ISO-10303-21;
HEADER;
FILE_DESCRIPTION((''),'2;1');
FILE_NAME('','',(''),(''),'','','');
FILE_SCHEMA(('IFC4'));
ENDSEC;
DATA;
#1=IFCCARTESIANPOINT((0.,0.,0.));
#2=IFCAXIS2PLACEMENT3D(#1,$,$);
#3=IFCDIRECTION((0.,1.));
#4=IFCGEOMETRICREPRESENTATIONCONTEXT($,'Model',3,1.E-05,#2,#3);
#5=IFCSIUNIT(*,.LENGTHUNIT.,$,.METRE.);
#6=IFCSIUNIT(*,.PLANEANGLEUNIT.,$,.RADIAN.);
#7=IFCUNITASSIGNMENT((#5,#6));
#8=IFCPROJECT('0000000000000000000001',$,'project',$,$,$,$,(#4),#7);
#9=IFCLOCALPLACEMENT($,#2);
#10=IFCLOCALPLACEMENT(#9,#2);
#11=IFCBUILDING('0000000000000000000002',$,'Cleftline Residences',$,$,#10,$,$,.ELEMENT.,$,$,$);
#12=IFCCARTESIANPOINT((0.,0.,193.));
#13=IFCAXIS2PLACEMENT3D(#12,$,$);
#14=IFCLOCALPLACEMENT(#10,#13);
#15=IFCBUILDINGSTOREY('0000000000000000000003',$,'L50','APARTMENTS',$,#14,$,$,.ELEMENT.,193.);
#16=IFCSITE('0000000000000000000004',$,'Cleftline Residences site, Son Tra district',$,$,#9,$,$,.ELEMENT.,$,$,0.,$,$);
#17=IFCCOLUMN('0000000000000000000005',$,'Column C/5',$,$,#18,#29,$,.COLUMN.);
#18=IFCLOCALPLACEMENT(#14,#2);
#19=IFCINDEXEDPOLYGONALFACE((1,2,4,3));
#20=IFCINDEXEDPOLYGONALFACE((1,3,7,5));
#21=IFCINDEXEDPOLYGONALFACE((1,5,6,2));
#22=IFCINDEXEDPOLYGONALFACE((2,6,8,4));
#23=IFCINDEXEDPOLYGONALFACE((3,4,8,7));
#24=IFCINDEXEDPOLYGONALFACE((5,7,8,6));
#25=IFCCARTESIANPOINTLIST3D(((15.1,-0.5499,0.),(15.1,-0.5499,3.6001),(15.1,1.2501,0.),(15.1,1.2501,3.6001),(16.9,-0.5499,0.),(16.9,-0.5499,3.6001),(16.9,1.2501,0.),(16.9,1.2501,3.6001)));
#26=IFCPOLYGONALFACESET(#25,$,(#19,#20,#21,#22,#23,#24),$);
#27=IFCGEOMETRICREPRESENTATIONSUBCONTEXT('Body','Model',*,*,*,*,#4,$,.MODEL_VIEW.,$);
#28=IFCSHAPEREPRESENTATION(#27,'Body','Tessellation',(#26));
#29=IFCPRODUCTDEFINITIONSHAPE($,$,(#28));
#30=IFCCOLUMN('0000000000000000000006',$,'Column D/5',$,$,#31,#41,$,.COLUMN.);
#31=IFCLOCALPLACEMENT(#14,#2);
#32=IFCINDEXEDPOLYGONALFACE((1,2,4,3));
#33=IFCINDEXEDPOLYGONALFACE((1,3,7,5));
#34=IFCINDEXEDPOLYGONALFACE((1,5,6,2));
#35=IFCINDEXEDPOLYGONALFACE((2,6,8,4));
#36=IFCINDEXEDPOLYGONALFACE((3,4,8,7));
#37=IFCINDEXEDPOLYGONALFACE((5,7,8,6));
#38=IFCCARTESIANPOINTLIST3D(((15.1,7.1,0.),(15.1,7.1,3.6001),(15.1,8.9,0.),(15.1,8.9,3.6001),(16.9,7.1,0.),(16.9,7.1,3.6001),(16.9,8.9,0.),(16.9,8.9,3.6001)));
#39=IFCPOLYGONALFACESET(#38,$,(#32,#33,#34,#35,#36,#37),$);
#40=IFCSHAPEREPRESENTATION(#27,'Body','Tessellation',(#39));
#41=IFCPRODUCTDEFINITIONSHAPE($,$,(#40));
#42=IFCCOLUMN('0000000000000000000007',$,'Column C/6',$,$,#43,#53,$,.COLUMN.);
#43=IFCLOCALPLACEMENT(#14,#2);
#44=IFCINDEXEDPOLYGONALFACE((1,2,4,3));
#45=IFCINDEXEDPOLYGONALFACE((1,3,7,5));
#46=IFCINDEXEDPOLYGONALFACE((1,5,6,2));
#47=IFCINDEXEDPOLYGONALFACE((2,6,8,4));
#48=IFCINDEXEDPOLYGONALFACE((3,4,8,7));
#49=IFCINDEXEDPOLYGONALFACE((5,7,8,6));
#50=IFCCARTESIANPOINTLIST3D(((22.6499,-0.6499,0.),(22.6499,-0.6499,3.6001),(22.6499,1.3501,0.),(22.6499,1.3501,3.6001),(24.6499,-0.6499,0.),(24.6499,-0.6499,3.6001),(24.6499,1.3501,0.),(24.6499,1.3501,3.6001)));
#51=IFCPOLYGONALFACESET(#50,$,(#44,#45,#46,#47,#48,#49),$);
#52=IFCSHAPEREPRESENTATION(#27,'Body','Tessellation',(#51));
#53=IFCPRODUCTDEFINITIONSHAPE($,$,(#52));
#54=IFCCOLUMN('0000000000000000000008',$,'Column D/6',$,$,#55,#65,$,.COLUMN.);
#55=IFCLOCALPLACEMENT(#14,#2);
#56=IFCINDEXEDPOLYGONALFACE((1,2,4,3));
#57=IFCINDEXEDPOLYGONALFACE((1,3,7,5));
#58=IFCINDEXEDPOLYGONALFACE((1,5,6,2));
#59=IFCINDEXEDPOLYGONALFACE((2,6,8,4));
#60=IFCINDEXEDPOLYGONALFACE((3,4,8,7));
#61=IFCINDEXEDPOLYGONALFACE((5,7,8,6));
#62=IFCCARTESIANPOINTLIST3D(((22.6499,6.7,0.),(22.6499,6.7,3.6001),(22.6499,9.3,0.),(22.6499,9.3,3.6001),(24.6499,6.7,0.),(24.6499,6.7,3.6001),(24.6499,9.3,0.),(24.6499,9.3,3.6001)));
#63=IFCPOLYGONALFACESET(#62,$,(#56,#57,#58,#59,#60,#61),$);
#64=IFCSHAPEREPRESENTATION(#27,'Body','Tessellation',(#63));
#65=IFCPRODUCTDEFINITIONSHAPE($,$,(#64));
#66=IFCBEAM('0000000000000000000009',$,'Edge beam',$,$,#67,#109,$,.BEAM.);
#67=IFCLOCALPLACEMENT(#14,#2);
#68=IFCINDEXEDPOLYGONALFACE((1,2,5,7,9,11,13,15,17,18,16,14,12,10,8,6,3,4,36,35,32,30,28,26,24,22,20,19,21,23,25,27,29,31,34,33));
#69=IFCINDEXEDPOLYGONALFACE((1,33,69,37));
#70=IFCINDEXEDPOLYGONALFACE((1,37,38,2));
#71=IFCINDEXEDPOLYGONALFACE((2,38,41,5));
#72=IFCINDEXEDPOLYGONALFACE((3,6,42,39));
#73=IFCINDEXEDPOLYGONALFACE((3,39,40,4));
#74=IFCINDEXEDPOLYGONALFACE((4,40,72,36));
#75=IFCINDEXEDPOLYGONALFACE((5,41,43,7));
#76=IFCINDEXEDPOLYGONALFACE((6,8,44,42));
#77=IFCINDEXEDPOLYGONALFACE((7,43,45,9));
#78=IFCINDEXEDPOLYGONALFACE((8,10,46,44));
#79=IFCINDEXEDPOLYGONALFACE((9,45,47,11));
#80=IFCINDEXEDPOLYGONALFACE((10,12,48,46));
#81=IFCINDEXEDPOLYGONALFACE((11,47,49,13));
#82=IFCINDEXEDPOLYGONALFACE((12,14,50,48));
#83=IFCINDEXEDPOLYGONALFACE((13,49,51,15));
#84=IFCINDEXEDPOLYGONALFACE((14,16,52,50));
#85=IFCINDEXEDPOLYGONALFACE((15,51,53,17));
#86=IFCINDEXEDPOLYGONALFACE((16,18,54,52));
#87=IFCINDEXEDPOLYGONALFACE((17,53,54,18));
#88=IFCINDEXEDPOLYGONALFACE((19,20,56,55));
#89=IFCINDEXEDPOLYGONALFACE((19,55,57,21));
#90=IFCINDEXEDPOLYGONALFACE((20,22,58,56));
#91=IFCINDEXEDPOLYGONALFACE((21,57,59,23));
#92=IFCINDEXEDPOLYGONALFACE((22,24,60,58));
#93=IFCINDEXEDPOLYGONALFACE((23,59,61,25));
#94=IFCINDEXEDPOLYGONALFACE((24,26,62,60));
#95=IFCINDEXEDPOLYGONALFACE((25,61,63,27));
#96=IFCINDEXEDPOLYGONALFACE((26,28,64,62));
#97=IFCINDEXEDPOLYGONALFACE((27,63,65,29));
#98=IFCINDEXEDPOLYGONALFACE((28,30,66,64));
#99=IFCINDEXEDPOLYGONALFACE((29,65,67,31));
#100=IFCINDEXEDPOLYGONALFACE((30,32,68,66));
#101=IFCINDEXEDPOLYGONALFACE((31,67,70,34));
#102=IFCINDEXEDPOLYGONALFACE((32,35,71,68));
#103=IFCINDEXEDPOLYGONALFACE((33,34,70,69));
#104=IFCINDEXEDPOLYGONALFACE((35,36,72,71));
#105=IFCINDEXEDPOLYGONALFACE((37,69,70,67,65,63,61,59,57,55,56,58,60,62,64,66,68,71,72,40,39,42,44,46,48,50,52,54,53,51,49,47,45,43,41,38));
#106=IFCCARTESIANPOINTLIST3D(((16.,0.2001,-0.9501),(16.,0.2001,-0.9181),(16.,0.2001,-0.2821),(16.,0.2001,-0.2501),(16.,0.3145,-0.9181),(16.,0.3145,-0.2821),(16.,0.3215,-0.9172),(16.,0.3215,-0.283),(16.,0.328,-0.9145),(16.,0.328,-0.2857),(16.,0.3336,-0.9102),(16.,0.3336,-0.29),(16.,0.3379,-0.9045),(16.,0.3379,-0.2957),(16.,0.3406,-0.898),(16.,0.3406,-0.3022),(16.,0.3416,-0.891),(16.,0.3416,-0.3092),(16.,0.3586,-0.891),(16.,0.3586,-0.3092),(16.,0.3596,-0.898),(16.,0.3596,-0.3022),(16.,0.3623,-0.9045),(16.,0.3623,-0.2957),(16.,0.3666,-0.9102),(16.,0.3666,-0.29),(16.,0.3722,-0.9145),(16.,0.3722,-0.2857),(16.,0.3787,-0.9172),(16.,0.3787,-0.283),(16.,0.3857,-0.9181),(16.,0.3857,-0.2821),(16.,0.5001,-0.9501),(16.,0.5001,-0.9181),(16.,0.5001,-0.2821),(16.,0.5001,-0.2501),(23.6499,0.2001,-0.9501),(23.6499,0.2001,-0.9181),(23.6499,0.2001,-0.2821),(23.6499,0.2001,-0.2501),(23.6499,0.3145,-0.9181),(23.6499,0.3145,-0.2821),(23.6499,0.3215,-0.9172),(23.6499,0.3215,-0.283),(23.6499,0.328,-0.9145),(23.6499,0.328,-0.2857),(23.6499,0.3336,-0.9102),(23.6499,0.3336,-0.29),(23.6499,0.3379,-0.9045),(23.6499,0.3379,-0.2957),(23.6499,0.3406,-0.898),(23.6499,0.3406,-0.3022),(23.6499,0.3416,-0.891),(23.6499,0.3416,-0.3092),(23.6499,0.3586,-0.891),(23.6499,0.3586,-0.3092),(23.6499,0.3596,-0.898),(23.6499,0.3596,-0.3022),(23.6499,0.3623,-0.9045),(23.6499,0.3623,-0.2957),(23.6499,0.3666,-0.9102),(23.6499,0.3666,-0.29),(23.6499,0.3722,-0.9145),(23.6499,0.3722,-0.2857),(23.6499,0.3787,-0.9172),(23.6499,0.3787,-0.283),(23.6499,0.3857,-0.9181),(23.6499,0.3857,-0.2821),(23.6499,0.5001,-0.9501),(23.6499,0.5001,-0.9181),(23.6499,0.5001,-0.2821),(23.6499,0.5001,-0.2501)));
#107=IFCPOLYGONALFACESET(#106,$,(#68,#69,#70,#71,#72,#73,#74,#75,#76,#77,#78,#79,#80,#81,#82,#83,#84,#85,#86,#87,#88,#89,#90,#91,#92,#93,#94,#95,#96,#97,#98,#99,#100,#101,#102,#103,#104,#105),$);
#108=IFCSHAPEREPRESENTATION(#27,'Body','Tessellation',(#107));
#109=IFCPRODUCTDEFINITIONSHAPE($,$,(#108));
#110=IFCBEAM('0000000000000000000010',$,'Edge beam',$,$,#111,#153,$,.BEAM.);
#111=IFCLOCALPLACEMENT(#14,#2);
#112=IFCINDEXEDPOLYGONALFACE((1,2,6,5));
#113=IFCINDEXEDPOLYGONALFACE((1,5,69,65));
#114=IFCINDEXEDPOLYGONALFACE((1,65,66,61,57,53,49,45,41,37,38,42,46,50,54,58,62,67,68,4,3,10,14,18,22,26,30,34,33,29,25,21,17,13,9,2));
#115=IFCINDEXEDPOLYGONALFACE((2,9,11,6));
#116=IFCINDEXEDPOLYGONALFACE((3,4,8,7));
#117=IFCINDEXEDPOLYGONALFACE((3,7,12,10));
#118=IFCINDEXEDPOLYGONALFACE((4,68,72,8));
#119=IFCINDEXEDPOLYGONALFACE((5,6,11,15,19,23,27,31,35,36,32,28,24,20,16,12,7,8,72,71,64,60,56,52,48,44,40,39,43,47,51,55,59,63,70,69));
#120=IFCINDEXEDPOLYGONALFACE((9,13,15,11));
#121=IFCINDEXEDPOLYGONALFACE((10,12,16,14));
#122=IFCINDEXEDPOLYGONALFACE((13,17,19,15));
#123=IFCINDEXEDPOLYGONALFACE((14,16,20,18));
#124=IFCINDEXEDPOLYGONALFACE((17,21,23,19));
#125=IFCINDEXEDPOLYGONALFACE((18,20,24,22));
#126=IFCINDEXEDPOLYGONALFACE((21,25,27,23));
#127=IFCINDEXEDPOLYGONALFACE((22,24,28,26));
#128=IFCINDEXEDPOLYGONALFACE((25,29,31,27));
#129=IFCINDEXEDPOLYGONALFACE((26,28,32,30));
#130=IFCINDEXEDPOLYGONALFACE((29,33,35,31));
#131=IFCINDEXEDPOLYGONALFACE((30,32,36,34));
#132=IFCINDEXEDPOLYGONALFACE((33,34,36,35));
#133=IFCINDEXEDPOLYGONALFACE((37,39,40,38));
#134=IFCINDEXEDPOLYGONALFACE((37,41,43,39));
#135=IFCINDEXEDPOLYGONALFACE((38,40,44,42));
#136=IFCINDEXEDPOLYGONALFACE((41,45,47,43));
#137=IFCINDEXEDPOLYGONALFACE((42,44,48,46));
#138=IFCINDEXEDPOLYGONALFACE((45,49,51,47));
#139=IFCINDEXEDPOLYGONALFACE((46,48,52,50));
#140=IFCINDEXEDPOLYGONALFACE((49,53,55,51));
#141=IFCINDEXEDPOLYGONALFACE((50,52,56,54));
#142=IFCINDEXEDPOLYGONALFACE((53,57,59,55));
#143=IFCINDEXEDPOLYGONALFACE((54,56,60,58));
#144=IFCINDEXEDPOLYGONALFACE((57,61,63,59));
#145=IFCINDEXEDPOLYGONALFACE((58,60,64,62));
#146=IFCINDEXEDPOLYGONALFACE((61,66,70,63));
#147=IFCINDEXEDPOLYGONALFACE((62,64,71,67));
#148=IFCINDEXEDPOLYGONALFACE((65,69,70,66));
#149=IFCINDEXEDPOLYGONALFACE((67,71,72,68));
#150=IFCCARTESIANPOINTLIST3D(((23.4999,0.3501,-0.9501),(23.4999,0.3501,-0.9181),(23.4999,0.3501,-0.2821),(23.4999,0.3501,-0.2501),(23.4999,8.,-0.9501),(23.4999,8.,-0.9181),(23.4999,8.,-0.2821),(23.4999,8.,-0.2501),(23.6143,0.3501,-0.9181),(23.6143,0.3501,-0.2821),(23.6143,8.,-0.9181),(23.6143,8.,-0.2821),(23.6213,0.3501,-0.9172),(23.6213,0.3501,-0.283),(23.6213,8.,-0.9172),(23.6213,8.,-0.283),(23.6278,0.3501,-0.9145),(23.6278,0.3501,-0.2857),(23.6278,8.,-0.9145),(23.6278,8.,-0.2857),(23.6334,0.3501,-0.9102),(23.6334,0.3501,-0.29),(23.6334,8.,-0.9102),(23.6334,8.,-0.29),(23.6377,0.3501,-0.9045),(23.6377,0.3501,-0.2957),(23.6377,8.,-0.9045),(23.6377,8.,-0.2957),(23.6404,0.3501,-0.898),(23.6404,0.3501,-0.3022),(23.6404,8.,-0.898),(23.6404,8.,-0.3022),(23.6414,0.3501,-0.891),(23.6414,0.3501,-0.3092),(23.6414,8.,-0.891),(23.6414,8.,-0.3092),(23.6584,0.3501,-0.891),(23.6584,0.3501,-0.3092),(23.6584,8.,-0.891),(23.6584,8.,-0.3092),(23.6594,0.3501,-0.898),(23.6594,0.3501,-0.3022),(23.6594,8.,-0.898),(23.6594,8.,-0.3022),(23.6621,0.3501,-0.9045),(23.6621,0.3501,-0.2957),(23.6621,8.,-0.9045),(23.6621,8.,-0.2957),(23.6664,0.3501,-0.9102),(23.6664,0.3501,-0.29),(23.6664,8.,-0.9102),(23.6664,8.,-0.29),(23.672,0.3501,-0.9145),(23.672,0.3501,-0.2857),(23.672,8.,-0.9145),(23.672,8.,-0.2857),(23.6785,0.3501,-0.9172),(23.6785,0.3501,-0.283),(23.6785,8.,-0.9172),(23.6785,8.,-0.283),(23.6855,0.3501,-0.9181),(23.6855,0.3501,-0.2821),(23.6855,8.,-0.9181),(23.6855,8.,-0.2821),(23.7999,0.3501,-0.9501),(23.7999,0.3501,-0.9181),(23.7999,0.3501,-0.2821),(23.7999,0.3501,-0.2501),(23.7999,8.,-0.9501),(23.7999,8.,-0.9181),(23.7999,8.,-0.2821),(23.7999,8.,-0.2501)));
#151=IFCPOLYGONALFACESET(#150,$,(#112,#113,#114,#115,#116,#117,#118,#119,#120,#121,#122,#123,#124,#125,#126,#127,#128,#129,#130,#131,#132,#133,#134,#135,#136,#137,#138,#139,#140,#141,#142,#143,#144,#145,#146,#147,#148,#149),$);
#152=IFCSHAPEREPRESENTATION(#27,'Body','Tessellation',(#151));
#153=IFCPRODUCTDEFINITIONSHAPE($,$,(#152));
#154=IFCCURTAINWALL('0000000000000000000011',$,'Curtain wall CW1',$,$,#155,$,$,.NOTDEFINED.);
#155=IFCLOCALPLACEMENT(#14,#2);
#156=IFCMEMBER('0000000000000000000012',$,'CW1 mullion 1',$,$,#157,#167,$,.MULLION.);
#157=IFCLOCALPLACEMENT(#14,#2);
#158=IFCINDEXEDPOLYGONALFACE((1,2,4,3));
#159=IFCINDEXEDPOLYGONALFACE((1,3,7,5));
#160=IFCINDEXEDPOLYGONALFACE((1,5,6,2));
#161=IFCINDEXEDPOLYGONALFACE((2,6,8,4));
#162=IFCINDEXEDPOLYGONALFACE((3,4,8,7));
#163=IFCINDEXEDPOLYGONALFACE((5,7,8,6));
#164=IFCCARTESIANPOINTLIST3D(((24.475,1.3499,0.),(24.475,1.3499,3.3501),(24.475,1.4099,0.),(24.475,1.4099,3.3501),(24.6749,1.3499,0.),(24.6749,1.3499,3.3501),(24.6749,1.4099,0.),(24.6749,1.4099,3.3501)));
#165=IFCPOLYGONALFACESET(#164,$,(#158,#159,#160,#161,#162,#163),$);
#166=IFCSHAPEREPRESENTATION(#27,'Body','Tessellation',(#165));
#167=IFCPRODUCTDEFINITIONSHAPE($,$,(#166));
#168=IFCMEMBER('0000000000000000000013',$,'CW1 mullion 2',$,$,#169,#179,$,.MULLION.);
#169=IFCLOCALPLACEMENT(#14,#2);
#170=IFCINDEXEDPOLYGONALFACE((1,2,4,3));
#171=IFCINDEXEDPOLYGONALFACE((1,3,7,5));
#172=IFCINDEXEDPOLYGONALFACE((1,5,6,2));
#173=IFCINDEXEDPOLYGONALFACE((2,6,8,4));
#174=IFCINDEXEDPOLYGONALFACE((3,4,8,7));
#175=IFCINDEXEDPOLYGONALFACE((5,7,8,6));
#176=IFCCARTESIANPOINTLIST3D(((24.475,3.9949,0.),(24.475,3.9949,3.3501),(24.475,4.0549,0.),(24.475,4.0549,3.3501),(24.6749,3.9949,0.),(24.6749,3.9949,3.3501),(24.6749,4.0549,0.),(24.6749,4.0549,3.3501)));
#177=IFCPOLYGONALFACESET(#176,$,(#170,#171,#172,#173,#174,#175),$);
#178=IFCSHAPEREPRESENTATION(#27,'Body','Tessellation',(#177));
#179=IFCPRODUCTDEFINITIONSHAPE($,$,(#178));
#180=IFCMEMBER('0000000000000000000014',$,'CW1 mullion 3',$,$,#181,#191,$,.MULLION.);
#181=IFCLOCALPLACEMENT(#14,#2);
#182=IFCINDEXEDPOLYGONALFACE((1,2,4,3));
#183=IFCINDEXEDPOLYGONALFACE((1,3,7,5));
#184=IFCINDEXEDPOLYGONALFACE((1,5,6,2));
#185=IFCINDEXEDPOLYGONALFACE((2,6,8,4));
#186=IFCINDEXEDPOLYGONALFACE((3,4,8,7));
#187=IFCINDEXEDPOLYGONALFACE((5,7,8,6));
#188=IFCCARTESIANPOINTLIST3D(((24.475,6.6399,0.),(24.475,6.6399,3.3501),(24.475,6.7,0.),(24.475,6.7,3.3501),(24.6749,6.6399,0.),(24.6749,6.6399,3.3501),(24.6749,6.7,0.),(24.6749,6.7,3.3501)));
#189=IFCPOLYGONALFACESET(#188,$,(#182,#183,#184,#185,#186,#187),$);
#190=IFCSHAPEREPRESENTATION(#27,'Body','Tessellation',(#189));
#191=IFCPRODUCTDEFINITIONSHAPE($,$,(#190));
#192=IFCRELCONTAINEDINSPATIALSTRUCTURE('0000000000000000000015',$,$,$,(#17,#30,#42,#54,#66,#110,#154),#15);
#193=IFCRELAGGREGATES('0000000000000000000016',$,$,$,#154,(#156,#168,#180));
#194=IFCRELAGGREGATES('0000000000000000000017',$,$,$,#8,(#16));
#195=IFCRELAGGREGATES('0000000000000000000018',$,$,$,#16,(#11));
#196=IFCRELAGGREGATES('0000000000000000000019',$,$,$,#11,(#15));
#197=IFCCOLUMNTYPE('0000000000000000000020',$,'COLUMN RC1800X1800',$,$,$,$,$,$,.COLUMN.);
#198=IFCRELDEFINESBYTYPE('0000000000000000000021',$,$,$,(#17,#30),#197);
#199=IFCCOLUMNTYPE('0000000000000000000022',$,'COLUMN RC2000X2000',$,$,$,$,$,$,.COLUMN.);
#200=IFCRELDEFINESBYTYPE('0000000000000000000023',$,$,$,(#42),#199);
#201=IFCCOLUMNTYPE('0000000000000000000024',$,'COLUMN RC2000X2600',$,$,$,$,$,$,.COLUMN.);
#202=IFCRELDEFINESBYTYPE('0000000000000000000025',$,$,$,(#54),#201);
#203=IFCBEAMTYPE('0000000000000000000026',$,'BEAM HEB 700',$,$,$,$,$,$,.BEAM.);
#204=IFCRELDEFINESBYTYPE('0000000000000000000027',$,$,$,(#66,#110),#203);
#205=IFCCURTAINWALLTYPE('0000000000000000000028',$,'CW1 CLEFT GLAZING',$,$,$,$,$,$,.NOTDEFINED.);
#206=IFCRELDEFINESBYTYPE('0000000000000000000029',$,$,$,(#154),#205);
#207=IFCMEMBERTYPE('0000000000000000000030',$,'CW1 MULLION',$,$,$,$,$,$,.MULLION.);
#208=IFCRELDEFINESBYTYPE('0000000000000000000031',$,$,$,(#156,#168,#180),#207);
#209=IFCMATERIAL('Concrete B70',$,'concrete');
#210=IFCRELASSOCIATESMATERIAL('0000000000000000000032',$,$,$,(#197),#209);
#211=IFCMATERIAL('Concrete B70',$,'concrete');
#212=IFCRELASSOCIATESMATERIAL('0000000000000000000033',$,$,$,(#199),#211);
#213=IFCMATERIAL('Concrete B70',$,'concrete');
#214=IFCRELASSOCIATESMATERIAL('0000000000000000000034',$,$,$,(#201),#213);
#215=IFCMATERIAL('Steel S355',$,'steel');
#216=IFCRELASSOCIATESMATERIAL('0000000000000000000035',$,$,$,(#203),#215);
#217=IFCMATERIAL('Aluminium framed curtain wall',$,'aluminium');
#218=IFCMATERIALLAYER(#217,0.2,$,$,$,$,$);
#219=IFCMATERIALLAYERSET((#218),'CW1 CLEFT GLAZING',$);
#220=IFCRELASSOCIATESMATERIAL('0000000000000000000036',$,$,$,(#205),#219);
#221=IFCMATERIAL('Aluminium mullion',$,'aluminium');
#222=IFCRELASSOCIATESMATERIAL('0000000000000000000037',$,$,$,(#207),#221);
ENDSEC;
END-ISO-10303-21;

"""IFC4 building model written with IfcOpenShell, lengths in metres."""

from ifc_helpers import new_model, si_unit, direction, frame, origin, origin_2d, place, context, subcontext, project, spatial, rectangle, i_section, extrude, material, layer, layer_set, material_profile, profile_set, type_object, element, aggregate, save


model = new_model("IFC4")

# Units and contexts
model_context = context("Model", 3, precision=1e-05, world=origin(), true_north=direction((0.0, 1.0)))
body_context = subcontext(model_context, "Body", "Model", "MODEL_VIEW")
ifc_project = project(units=[si_unit("LENGTHUNIT", "METRE"), si_unit("PLANEANGLEUNIT", "RADIAN")], contexts=[model_context])

# Site, building, storey
site_placement = place(None, origin())
site = spatial("IfcSite", under=ifc_project, at=site_placement, Name="Cleftline Residences site, Son Tra district", CompositionType="ELEMENT", RefElevation=0.0)
building_placement = place(site_placement, origin())
building = spatial("IfcBuilding", under=site, at=building_placement, Name="Cleftline Residences", CompositionType="ELEMENT")
storey_placement = place(building_placement, frame((0.0, 0.0, 193.0)))
storey = spatial("IfcBuildingStorey", under=building, at=storey_placement, Name="L50", Description="APARTMENTS", CompositionType="ELEMENT", Elevation=193.0)

# Columns
ifc_material_1 = material(Name="Concrete B70", Category="concrete")
ifc_material_profile_1 = material_profile(ifc_material_1, rectangle(XDim=1.8, YDim=1.8, at=origin_2d()))
ifc_profile_set_1 = profile_set([ifc_material_profile_1], Name="Concrete B70")
column_type_1 = type_object("IfcColumnType", Name="COLUMN RC1800X1800", PredefinedType="COLUMN", material=ifc_profile_set_1)
for number, where, z_axis, x_axis, name in (
    (1, (16.0, 0.3501, 0.0), (0.0, 0.0, 1.0), (1.0, 0.0, 0.0), "Column C/5"),
    (2, (16.0, 8.0, 0.0), (0.0, 0.0, 1.0), (1.0, 0.0, 0.0), "Column D/5"),
):
    element("IfcColumn", number, at=place(storey_placement, frame(where, z_axis=z_axis, x_axis=x_axis)), inside=storey, type_object=column_type_1, Name=name, PredefinedType="COLUMN", context=body_context, shape_type="SweptSolid", body=[
        extrude(rectangle(XDim=1.8, YDim=1.8, at=origin_2d()), origin(), (0.0, 0.0, 1.0), 3.6001),
    ])
ifc_material_2 = material(Name="Concrete B70", Category="concrete")
ifc_material_profile_2 = material_profile(ifc_material_2, rectangle(XDim=2.0, YDim=2.0, at=origin_2d()))
ifc_profile_set_2 = profile_set([ifc_material_profile_2], Name="Concrete B70")
column_type_2 = type_object("IfcColumnType", Name="COLUMN RC2000X2000", PredefinedType="COLUMN", material=ifc_profile_set_2)
column_1_placement = place(storey_placement, frame((23.6499, 0.3501, 0.0), z_axis=(0.0, 0.0, 1.0), x_axis=(1.0, 0.0, 0.0)))
element("IfcColumn", 3, at=column_1_placement, inside=storey, type_object=column_type_2, Name="Column C/6", PredefinedType="COLUMN", context=body_context, shape_type="SweptSolid", body=[
    extrude(rectangle(XDim=2.0, YDim=2.0, at=origin_2d()), origin(), (0.0, 0.0, 1.0), 3.6001),
])
ifc_material_3 = material(Name="Concrete B70", Category="concrete")
ifc_material_profile_3 = material_profile(ifc_material_3, rectangle(XDim=2.0, YDim=2.6001, at=origin_2d()))
ifc_profile_set_3 = profile_set([ifc_material_profile_3], Name="Concrete B70")
column_type_3 = type_object("IfcColumnType", Name="COLUMN RC2000X2600", PredefinedType="COLUMN", material=ifc_profile_set_3)
column_2_placement = place(storey_placement, frame((23.6499, 8.0, 0.0), z_axis=(0.0, 0.0, 1.0), x_axis=(1.0, 0.0, 0.0)))
element("IfcColumn", 4, at=column_2_placement, inside=storey, type_object=column_type_3, Name="Column D/6", PredefinedType="COLUMN", context=body_context, shape_type="SweptSolid", body=[
    extrude(rectangle(XDim=2.0, YDim=2.6001, at=origin_2d()), origin(), (0.0, 0.0, 1.0), 3.6001),
])

# Beams
ifc_material_4 = material(Name="Steel S355", Category="steel")
ifc_material_profile_4 = material_profile(ifc_material_4, i_section(OverallWidth=0.3, OverallDepth=0.7, WebThickness=0.0171, FlangeThickness=0.032, FilletRadius=0.0271, at=origin_2d()))
ifc_profile_set_4 = profile_set([ifc_material_profile_4], Name="Steel S355")
beam_type = type_object("IfcBeamType", Name="BEAM HEB 700", PredefinedType="BEAM", material=ifc_profile_set_4)
for number, where, z_axis, x_axis, name in (
    (5, (16.0, 0.3501, -0.6001), (1.0, 0.0, 0.0), (0.0, 1.0, 0.0), "Edge beam"),
    (6, (23.6499, 0.3501, -0.6001), (0.0, 1.0, 0.0), (-1.0, 0.0, 0.0), "Edge beam"),
):
    element("IfcBeam", number, at=place(storey_placement, frame(where, z_axis=z_axis, x_axis=x_axis)), inside=storey, type_object=beam_type, Name=name, PredefinedType="BEAM", context=body_context, shape_type="SweptSolid", body=[
        extrude(i_section(OverallWidth=0.3, OverallDepth=0.7, WebThickness=0.0171, FlangeThickness=0.032, FilletRadius=0.0271, at=origin_2d()), origin(), (0.0, 0.0, 1.0), 7.6499),
    ])

# Curtain wall, members
ifc_material_5 = material(Name="Aluminium framed curtain wall", Category="aluminium")
ifc_layer_1 = layer(ifc_material_5, 0.2)
ifc_layer_set_1 = layer_set([ifc_layer_1], Name="CW1 CLEFT GLAZING")
curtain_wall_type = type_object("IfcCurtainWallType", Name="CW1 CLEFT GLAZING", PredefinedType="NOTDEFINED", material=ifc_layer_set_1)
curtain_wall_1_placement = place(storey_placement, origin())
curtain_wall_1 = element("IfcCurtainWall", 7, at=curtain_wall_1_placement, inside=storey, type_object=curtain_wall_type, Name="Curtain wall CW1", PredefinedType="NOTDEFINED")
ifc_material_6 = material(Name="Aluminium mullion", Category="aluminium")
ifc_material_profile_5 = material_profile(ifc_material_6, rectangle(XDim=0.2, YDim=0.0601, at=origin_2d()))
ifc_profile_set_5 = profile_set([ifc_material_profile_5], Name="Aluminium mullion")
member_type_1 = type_object("IfcMemberType", Name="CW1 MULLION", PredefinedType="MULLION", material=ifc_profile_set_5)
member_1_placement = place(storey_placement, frame((24.575, 1.3799, 0.0), z_axis=(0.0, 0.0, 1.0), x_axis=(-1.0, 0.0, 0.0)))
member_1 = element("IfcMember", 8, at=member_1_placement, type_object=member_type_1, Name="CW1 mullion 1", PredefinedType="MULLION", context=body_context, shape_type="SweptSolid", body=[
    extrude(rectangle(XDim=0.2, YDim=0.0601, at=origin_2d()), origin(), (0.0, 0.0, 1.0), 3.3501),
])
member_2_placement = place(storey_placement, frame((24.575, 4.0249, 0.0), z_axis=(0.0, 0.0, 1.0), x_axis=(-1.0, 0.0, 0.0)))
member_2 = element("IfcMember", 9, at=member_2_placement, type_object=member_type_1, Name="CW1 mullion 2", PredefinedType="MULLION", context=body_context, shape_type="SweptSolid", body=[
    extrude(rectangle(XDim=0.2, YDim=0.0601, at=origin_2d()), origin(), (0.0, 0.0, 1.0), 3.3501),
])
member_3_placement = place(storey_placement, frame((24.575, 6.6699, 0.0), z_axis=(0.0, 0.0, 1.0), x_axis=(-1.0, 0.0, 0.0)))
member_3 = element("IfcMember", 10, at=member_3_placement, type_object=member_type_1, Name="CW1 mullion 3", PredefinedType="MULLION", context=body_context, shape_type="SweptSolid", body=[
    extrude(rectangle(XDim=0.2, YDim=0.0601, at=origin_2d()), origin(), (0.0, 0.0, 1.0), 3.3501),
])

aggregate(curtain_wall_1, [member_1, member_2, member_3])

save(model, "model.ifc")
